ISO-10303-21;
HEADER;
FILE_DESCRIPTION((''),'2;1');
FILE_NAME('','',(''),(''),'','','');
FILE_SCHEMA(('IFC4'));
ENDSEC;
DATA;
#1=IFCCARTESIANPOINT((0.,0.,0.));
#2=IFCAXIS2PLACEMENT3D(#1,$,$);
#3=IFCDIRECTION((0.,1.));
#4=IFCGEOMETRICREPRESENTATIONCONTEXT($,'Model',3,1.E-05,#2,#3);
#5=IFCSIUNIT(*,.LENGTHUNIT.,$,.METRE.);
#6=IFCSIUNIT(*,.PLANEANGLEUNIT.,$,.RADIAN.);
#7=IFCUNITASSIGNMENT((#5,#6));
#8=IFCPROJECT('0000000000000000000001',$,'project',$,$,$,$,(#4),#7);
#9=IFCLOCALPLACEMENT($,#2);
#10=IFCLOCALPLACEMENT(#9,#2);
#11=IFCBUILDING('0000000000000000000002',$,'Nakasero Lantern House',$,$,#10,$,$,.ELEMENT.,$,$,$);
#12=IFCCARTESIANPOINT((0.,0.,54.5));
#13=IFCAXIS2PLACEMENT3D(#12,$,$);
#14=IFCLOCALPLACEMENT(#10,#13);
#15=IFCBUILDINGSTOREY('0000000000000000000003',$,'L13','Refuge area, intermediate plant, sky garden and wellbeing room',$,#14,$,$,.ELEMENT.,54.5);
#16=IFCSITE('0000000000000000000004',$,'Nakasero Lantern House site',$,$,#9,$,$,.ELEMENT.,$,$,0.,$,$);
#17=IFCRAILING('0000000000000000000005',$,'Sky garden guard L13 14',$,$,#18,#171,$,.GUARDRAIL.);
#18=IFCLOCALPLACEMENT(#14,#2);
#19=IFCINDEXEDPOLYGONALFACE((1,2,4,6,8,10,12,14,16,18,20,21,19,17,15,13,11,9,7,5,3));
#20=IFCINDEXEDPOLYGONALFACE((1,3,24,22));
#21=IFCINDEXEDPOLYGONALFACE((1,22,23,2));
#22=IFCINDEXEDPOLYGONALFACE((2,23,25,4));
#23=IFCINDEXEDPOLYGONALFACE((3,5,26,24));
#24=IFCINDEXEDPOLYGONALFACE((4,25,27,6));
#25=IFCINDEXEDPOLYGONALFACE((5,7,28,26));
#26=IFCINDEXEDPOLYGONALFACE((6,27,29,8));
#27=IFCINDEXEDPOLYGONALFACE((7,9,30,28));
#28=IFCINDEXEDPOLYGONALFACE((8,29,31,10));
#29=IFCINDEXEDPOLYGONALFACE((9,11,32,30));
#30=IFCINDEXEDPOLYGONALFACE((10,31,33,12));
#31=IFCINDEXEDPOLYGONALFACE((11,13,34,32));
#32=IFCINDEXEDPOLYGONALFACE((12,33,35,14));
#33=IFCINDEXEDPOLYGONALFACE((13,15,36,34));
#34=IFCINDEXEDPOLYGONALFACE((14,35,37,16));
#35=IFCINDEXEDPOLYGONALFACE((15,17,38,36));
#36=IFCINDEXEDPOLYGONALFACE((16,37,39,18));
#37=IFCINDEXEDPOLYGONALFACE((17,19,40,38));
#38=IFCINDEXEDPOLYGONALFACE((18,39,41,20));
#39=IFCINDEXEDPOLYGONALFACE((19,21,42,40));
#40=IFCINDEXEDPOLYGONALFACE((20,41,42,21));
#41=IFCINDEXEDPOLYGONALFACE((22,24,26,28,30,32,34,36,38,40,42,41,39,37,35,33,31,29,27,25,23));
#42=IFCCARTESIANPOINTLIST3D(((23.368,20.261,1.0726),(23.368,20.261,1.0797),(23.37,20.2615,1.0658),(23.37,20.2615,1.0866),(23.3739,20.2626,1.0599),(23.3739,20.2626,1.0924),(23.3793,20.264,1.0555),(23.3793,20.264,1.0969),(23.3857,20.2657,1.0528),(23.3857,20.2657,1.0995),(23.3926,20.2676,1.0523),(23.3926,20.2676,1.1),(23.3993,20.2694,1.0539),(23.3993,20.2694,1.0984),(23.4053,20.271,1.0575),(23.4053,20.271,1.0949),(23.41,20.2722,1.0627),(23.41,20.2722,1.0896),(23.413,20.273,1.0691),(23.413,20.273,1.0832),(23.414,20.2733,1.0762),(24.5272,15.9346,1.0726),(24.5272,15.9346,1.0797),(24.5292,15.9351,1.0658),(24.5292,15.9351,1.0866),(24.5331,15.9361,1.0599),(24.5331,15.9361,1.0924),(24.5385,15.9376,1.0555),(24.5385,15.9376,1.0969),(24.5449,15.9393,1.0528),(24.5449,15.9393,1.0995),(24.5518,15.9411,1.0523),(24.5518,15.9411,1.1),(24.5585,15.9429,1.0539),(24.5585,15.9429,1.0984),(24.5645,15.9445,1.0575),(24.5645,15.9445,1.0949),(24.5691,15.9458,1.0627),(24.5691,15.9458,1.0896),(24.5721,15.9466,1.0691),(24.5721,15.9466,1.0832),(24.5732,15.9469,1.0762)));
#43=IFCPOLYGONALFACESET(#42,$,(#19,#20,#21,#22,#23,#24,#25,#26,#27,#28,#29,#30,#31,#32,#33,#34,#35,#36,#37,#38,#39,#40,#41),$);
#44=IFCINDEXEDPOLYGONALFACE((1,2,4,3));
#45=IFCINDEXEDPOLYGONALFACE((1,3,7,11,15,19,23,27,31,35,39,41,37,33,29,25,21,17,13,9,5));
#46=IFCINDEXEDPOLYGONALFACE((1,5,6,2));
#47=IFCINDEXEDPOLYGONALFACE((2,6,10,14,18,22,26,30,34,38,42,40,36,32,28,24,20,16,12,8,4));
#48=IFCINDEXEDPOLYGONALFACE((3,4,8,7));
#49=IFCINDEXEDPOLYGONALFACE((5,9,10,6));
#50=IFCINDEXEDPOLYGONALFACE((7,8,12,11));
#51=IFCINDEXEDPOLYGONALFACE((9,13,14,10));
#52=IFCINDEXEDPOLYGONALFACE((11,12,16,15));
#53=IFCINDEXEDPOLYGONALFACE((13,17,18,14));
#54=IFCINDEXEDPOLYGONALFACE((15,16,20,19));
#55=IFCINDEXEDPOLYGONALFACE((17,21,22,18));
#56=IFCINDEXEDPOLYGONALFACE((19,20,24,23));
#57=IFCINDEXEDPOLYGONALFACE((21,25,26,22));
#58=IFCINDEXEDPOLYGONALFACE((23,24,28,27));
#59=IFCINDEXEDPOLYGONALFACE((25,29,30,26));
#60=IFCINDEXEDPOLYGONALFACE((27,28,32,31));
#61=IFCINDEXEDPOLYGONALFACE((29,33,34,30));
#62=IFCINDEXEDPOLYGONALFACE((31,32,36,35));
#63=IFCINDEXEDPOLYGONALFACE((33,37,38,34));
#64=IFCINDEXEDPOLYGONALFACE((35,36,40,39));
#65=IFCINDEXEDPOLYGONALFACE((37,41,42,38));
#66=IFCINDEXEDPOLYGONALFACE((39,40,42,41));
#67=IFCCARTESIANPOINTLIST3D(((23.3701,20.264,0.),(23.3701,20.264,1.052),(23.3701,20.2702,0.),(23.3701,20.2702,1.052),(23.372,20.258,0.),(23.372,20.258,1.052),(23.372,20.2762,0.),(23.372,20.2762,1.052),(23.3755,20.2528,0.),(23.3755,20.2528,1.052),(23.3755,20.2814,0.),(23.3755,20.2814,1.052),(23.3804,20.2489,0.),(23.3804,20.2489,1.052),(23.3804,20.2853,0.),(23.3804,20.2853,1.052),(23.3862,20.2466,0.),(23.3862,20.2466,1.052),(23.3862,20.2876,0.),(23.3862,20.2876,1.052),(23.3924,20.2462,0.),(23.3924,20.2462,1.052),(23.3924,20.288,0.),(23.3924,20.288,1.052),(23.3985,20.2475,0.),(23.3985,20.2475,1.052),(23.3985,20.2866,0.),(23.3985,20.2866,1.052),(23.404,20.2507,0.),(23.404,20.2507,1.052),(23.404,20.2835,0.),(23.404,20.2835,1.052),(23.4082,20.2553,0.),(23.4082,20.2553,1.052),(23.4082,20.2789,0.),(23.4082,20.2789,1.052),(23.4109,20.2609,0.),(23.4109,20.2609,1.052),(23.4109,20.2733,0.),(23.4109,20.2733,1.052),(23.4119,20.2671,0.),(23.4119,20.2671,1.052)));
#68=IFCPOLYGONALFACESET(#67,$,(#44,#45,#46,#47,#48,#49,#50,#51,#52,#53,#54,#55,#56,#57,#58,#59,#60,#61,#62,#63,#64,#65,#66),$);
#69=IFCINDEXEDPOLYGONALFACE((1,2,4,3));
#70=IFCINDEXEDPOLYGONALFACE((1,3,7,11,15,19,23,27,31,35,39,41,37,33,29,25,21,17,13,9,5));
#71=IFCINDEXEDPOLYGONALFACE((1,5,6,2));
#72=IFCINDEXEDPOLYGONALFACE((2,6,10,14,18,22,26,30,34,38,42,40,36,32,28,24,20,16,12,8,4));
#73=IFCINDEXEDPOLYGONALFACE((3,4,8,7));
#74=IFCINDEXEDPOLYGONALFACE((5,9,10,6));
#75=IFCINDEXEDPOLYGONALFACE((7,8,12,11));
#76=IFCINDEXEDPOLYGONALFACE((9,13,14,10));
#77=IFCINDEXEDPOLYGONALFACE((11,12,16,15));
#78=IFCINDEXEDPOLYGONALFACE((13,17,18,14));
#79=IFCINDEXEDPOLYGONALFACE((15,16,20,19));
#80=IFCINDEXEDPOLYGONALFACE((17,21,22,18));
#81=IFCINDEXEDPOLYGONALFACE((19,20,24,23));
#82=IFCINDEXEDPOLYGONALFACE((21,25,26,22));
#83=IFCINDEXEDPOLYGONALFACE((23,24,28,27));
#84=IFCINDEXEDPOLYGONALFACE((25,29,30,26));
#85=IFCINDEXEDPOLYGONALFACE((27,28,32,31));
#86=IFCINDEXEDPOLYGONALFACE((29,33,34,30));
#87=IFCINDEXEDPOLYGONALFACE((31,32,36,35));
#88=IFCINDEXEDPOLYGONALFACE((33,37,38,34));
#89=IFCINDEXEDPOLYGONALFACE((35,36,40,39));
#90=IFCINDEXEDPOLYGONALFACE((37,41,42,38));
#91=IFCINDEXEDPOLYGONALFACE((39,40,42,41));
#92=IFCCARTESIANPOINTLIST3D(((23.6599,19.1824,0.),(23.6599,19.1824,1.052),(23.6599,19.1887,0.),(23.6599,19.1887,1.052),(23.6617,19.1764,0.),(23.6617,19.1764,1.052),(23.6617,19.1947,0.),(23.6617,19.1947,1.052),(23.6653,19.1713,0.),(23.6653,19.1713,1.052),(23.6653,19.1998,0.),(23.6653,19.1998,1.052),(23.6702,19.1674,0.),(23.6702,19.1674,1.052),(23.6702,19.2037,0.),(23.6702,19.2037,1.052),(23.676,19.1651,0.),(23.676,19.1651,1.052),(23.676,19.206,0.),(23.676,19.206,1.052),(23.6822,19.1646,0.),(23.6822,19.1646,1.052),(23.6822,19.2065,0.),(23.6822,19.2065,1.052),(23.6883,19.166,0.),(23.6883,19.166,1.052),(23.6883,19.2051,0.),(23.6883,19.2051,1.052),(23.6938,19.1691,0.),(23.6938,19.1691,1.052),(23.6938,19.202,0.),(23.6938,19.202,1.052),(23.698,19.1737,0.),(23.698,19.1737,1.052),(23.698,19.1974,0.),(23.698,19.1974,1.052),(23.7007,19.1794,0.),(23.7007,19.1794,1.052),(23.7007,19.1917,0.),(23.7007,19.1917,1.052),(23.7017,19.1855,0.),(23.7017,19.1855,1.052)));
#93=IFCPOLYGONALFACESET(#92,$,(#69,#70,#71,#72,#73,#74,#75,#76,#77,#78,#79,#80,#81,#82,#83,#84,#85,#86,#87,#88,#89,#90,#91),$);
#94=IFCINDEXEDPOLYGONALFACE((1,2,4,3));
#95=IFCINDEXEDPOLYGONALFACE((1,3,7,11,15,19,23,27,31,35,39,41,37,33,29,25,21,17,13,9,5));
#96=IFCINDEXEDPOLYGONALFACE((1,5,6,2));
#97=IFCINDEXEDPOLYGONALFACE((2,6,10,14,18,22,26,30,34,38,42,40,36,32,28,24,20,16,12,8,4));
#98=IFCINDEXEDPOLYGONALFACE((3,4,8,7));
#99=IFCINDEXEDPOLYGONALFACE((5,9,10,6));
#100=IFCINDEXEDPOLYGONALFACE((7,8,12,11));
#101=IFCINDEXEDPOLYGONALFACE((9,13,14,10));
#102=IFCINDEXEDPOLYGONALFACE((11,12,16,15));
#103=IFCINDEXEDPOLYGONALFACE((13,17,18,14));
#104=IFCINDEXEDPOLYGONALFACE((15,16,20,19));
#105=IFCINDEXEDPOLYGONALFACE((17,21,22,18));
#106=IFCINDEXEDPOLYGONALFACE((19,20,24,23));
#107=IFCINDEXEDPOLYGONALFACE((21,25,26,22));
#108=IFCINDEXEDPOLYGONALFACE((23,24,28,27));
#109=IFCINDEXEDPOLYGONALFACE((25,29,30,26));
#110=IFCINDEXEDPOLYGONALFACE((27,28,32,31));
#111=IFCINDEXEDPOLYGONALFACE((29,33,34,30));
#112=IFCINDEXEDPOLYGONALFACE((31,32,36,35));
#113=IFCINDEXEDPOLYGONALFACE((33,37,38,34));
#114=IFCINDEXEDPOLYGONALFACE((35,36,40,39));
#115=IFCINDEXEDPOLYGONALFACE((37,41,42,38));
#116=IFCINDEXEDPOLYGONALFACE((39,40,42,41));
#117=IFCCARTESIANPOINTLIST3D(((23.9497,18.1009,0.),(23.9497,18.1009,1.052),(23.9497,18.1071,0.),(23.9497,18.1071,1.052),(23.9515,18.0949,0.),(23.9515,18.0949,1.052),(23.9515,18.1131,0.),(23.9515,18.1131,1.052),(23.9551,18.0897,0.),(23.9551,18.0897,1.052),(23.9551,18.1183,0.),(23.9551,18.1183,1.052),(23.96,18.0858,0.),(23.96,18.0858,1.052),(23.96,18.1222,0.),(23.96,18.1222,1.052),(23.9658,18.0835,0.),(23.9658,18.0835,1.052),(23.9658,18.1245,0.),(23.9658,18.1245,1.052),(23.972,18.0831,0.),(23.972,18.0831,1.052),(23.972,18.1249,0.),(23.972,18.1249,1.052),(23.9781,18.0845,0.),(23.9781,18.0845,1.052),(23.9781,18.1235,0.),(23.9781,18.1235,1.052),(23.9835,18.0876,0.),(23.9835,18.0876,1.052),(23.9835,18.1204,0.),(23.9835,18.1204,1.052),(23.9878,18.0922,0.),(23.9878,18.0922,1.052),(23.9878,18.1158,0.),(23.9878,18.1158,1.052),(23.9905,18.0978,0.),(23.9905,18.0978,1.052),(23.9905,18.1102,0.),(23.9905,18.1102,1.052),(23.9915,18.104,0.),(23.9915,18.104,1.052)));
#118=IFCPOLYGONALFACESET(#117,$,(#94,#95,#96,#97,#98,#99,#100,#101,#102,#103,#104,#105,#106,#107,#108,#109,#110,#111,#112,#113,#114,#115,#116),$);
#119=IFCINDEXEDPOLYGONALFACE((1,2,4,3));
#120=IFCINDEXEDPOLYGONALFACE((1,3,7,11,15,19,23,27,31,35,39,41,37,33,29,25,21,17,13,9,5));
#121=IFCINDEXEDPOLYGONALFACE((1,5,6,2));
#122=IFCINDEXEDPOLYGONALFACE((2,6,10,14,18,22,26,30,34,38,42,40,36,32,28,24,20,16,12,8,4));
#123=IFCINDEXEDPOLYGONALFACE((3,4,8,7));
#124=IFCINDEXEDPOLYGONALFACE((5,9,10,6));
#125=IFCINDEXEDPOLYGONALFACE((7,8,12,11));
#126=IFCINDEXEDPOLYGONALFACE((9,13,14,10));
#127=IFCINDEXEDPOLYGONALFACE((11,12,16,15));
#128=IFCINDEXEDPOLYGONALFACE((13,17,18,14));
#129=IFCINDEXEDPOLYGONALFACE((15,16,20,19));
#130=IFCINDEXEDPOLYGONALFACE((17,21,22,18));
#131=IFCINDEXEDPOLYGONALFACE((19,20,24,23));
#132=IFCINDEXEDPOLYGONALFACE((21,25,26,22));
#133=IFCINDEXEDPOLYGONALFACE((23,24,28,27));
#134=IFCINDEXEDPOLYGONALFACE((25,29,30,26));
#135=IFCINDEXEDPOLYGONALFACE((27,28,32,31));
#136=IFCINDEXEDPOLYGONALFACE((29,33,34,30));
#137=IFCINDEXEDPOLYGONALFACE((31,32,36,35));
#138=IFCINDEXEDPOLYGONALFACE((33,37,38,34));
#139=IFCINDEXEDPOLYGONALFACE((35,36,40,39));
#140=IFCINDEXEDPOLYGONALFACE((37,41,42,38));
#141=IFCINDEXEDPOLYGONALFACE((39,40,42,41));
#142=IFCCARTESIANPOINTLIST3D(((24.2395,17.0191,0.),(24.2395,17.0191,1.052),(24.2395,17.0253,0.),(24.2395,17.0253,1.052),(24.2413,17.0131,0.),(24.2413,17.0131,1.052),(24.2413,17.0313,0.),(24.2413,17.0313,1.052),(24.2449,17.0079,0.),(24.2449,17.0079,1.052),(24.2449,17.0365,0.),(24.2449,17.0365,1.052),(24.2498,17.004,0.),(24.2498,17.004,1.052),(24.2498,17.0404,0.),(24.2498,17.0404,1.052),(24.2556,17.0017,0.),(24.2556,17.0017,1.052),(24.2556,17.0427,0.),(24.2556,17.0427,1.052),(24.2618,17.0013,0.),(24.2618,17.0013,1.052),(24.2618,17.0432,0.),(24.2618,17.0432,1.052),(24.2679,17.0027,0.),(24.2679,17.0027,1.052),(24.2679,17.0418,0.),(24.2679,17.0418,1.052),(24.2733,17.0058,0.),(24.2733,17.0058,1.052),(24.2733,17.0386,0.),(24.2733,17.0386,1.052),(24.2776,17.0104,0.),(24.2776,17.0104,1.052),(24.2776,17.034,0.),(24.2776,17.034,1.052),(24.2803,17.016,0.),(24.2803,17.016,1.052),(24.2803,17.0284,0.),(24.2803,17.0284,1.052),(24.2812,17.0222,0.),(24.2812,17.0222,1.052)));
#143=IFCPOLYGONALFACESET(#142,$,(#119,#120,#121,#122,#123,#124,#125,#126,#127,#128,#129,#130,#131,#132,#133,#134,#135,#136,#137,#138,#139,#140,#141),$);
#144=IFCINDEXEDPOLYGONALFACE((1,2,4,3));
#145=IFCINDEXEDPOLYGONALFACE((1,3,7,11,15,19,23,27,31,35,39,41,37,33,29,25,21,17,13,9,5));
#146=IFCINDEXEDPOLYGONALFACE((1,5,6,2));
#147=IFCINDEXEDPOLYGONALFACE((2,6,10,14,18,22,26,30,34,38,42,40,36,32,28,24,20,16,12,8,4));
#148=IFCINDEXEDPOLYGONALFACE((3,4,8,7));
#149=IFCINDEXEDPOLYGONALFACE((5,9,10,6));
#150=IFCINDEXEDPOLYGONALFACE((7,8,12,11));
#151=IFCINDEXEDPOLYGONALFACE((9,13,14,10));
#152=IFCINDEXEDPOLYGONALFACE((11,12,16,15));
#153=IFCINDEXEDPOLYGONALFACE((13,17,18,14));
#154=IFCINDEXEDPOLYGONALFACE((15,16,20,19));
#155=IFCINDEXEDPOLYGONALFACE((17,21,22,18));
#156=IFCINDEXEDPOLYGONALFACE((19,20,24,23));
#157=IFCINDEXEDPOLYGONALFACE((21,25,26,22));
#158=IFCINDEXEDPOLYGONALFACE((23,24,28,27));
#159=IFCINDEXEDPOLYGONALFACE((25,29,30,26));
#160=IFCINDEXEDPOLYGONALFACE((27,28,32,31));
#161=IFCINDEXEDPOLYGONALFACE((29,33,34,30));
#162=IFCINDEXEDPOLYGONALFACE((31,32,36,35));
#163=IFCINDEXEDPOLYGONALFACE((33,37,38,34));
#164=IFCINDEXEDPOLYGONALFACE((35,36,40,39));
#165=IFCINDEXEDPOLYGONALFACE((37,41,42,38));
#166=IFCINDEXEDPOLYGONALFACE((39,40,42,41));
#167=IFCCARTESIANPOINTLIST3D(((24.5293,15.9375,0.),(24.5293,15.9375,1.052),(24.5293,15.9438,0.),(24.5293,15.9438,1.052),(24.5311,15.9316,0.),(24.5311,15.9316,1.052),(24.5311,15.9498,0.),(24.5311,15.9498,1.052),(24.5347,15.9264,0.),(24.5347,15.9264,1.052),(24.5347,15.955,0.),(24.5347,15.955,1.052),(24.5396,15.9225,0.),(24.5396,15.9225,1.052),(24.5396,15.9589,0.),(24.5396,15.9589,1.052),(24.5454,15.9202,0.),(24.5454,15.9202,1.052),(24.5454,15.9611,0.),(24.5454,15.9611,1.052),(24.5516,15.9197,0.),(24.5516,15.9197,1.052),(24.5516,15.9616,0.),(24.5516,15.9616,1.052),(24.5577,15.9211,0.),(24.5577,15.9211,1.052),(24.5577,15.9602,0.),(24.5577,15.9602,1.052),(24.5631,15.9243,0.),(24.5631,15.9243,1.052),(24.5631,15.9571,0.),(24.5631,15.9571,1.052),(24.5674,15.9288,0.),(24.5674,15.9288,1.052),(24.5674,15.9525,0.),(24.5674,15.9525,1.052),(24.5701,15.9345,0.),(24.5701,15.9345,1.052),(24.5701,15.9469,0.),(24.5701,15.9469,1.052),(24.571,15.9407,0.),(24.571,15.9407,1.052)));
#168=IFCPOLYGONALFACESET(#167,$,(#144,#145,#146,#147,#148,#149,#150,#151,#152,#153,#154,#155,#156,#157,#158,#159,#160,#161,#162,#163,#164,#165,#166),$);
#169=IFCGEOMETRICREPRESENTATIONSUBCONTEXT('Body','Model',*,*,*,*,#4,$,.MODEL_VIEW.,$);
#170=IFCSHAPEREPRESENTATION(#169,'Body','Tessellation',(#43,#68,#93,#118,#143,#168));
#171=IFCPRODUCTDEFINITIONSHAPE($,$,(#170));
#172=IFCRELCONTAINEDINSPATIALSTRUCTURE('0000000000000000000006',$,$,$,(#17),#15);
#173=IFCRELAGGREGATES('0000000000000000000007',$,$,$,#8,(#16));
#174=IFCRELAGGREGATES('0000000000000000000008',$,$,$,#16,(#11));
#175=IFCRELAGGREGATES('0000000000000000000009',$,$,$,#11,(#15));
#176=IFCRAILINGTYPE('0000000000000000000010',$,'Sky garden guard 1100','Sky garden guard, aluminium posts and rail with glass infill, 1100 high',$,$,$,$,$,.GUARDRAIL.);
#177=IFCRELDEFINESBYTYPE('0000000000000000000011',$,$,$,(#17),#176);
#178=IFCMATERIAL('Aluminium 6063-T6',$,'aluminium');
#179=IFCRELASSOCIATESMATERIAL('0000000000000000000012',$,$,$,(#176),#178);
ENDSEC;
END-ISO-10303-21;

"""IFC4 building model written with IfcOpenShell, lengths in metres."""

from ifc_helpers import new_model, si_unit, direction, frame, origin, origin_2d, place, context, subcontext, project, spatial, circle, extrude, material, type_object, element, save


model = new_model("IFC4")

# Units and contexts
model_context = context("Model", 3, precision=1e-05, world=origin(), true_north=direction((0.0, 1.0)))
body_context = subcontext(model_context, "Body", "Model", "MODEL_VIEW")
ifc_project = project(units=[si_unit("LENGTHUNIT", "METRE"), si_unit("PLANEANGLEUNIT", "RADIAN")], contexts=[model_context])

# Site, building, storey
site_placement = place(None, origin())
site = spatial("IfcSite", under=ifc_project, at=site_placement, Name="Nakasero Lantern House site", CompositionType="ELEMENT", RefElevation=0.0)
building_placement = place(site_placement, origin())
building = spatial("IfcBuilding", under=site, at=building_placement, Name="Nakasero Lantern House", CompositionType="ELEMENT")
storey_placement = place(building_placement, frame((0.0, 0.0, 54.5)))
storey = spatial("IfcBuildingStorey", under=building, at=storey_placement, Name="L13", Description="Refuge area, intermediate plant, sky garden and wellbeing room", CompositionType="ELEMENT", Elevation=54.5)

# Railing
ifc_material_1 = material(Name="Aluminium 6063-T6", Category="aluminium")
railing_type = type_object("IfcRailingType", Name="Sky garden guard 1100", Description="Sky garden guard, aluminium posts and rail with glass infill, 1100 high", PredefinedType="GUARDRAIL", material=ifc_material_1)
railing_1_placement = place(storey_placement, frame((23.3909, 20.2671, 0.0)))
element("IfcRailing", 1, at=railing_1_placement, inside=storey, type_object=railing_type, Name="Sky garden guard L13 14", PredefinedType="GUARDRAIL", context=body_context, shape_type="SweptSolid", body=[
    extrude(circle(Radius=0.0239, at=origin_2d()), frame((0.0, 0.0, 1.0762), z_axis=(0.258802, -0.96593, 0.0), x_axis=(0.96593, 0.258802, 0.0)), (0.0, 0.0, 1.0), 4.479),
    extrude(circle(Radius=0.021, at=origin_2d()), origin(), (0.0, 0.0, 1.0), 1.052),
    extrude(circle(Radius=0.021, at=origin_2d()), frame((0.2898, -1.0815, 0.0)), (0.0, 0.0, 1.0), 1.052),
    extrude(circle(Radius=0.021, at=origin_2d()), frame((0.5796, -2.1631, 0.0)), (0.0, 0.0, 1.0), 1.052),
    extrude(circle(Radius=0.021, at=origin_2d()), frame((0.8694, -3.2449, 0.0)), (0.0, 0.0, 1.0), 1.052),
    extrude(circle(Radius=0.021, at=origin_2d()), frame((1.1592, -4.3264, 0.0)), (0.0, 0.0, 1.0), 1.052),
])

save(model, "model.ifc")
